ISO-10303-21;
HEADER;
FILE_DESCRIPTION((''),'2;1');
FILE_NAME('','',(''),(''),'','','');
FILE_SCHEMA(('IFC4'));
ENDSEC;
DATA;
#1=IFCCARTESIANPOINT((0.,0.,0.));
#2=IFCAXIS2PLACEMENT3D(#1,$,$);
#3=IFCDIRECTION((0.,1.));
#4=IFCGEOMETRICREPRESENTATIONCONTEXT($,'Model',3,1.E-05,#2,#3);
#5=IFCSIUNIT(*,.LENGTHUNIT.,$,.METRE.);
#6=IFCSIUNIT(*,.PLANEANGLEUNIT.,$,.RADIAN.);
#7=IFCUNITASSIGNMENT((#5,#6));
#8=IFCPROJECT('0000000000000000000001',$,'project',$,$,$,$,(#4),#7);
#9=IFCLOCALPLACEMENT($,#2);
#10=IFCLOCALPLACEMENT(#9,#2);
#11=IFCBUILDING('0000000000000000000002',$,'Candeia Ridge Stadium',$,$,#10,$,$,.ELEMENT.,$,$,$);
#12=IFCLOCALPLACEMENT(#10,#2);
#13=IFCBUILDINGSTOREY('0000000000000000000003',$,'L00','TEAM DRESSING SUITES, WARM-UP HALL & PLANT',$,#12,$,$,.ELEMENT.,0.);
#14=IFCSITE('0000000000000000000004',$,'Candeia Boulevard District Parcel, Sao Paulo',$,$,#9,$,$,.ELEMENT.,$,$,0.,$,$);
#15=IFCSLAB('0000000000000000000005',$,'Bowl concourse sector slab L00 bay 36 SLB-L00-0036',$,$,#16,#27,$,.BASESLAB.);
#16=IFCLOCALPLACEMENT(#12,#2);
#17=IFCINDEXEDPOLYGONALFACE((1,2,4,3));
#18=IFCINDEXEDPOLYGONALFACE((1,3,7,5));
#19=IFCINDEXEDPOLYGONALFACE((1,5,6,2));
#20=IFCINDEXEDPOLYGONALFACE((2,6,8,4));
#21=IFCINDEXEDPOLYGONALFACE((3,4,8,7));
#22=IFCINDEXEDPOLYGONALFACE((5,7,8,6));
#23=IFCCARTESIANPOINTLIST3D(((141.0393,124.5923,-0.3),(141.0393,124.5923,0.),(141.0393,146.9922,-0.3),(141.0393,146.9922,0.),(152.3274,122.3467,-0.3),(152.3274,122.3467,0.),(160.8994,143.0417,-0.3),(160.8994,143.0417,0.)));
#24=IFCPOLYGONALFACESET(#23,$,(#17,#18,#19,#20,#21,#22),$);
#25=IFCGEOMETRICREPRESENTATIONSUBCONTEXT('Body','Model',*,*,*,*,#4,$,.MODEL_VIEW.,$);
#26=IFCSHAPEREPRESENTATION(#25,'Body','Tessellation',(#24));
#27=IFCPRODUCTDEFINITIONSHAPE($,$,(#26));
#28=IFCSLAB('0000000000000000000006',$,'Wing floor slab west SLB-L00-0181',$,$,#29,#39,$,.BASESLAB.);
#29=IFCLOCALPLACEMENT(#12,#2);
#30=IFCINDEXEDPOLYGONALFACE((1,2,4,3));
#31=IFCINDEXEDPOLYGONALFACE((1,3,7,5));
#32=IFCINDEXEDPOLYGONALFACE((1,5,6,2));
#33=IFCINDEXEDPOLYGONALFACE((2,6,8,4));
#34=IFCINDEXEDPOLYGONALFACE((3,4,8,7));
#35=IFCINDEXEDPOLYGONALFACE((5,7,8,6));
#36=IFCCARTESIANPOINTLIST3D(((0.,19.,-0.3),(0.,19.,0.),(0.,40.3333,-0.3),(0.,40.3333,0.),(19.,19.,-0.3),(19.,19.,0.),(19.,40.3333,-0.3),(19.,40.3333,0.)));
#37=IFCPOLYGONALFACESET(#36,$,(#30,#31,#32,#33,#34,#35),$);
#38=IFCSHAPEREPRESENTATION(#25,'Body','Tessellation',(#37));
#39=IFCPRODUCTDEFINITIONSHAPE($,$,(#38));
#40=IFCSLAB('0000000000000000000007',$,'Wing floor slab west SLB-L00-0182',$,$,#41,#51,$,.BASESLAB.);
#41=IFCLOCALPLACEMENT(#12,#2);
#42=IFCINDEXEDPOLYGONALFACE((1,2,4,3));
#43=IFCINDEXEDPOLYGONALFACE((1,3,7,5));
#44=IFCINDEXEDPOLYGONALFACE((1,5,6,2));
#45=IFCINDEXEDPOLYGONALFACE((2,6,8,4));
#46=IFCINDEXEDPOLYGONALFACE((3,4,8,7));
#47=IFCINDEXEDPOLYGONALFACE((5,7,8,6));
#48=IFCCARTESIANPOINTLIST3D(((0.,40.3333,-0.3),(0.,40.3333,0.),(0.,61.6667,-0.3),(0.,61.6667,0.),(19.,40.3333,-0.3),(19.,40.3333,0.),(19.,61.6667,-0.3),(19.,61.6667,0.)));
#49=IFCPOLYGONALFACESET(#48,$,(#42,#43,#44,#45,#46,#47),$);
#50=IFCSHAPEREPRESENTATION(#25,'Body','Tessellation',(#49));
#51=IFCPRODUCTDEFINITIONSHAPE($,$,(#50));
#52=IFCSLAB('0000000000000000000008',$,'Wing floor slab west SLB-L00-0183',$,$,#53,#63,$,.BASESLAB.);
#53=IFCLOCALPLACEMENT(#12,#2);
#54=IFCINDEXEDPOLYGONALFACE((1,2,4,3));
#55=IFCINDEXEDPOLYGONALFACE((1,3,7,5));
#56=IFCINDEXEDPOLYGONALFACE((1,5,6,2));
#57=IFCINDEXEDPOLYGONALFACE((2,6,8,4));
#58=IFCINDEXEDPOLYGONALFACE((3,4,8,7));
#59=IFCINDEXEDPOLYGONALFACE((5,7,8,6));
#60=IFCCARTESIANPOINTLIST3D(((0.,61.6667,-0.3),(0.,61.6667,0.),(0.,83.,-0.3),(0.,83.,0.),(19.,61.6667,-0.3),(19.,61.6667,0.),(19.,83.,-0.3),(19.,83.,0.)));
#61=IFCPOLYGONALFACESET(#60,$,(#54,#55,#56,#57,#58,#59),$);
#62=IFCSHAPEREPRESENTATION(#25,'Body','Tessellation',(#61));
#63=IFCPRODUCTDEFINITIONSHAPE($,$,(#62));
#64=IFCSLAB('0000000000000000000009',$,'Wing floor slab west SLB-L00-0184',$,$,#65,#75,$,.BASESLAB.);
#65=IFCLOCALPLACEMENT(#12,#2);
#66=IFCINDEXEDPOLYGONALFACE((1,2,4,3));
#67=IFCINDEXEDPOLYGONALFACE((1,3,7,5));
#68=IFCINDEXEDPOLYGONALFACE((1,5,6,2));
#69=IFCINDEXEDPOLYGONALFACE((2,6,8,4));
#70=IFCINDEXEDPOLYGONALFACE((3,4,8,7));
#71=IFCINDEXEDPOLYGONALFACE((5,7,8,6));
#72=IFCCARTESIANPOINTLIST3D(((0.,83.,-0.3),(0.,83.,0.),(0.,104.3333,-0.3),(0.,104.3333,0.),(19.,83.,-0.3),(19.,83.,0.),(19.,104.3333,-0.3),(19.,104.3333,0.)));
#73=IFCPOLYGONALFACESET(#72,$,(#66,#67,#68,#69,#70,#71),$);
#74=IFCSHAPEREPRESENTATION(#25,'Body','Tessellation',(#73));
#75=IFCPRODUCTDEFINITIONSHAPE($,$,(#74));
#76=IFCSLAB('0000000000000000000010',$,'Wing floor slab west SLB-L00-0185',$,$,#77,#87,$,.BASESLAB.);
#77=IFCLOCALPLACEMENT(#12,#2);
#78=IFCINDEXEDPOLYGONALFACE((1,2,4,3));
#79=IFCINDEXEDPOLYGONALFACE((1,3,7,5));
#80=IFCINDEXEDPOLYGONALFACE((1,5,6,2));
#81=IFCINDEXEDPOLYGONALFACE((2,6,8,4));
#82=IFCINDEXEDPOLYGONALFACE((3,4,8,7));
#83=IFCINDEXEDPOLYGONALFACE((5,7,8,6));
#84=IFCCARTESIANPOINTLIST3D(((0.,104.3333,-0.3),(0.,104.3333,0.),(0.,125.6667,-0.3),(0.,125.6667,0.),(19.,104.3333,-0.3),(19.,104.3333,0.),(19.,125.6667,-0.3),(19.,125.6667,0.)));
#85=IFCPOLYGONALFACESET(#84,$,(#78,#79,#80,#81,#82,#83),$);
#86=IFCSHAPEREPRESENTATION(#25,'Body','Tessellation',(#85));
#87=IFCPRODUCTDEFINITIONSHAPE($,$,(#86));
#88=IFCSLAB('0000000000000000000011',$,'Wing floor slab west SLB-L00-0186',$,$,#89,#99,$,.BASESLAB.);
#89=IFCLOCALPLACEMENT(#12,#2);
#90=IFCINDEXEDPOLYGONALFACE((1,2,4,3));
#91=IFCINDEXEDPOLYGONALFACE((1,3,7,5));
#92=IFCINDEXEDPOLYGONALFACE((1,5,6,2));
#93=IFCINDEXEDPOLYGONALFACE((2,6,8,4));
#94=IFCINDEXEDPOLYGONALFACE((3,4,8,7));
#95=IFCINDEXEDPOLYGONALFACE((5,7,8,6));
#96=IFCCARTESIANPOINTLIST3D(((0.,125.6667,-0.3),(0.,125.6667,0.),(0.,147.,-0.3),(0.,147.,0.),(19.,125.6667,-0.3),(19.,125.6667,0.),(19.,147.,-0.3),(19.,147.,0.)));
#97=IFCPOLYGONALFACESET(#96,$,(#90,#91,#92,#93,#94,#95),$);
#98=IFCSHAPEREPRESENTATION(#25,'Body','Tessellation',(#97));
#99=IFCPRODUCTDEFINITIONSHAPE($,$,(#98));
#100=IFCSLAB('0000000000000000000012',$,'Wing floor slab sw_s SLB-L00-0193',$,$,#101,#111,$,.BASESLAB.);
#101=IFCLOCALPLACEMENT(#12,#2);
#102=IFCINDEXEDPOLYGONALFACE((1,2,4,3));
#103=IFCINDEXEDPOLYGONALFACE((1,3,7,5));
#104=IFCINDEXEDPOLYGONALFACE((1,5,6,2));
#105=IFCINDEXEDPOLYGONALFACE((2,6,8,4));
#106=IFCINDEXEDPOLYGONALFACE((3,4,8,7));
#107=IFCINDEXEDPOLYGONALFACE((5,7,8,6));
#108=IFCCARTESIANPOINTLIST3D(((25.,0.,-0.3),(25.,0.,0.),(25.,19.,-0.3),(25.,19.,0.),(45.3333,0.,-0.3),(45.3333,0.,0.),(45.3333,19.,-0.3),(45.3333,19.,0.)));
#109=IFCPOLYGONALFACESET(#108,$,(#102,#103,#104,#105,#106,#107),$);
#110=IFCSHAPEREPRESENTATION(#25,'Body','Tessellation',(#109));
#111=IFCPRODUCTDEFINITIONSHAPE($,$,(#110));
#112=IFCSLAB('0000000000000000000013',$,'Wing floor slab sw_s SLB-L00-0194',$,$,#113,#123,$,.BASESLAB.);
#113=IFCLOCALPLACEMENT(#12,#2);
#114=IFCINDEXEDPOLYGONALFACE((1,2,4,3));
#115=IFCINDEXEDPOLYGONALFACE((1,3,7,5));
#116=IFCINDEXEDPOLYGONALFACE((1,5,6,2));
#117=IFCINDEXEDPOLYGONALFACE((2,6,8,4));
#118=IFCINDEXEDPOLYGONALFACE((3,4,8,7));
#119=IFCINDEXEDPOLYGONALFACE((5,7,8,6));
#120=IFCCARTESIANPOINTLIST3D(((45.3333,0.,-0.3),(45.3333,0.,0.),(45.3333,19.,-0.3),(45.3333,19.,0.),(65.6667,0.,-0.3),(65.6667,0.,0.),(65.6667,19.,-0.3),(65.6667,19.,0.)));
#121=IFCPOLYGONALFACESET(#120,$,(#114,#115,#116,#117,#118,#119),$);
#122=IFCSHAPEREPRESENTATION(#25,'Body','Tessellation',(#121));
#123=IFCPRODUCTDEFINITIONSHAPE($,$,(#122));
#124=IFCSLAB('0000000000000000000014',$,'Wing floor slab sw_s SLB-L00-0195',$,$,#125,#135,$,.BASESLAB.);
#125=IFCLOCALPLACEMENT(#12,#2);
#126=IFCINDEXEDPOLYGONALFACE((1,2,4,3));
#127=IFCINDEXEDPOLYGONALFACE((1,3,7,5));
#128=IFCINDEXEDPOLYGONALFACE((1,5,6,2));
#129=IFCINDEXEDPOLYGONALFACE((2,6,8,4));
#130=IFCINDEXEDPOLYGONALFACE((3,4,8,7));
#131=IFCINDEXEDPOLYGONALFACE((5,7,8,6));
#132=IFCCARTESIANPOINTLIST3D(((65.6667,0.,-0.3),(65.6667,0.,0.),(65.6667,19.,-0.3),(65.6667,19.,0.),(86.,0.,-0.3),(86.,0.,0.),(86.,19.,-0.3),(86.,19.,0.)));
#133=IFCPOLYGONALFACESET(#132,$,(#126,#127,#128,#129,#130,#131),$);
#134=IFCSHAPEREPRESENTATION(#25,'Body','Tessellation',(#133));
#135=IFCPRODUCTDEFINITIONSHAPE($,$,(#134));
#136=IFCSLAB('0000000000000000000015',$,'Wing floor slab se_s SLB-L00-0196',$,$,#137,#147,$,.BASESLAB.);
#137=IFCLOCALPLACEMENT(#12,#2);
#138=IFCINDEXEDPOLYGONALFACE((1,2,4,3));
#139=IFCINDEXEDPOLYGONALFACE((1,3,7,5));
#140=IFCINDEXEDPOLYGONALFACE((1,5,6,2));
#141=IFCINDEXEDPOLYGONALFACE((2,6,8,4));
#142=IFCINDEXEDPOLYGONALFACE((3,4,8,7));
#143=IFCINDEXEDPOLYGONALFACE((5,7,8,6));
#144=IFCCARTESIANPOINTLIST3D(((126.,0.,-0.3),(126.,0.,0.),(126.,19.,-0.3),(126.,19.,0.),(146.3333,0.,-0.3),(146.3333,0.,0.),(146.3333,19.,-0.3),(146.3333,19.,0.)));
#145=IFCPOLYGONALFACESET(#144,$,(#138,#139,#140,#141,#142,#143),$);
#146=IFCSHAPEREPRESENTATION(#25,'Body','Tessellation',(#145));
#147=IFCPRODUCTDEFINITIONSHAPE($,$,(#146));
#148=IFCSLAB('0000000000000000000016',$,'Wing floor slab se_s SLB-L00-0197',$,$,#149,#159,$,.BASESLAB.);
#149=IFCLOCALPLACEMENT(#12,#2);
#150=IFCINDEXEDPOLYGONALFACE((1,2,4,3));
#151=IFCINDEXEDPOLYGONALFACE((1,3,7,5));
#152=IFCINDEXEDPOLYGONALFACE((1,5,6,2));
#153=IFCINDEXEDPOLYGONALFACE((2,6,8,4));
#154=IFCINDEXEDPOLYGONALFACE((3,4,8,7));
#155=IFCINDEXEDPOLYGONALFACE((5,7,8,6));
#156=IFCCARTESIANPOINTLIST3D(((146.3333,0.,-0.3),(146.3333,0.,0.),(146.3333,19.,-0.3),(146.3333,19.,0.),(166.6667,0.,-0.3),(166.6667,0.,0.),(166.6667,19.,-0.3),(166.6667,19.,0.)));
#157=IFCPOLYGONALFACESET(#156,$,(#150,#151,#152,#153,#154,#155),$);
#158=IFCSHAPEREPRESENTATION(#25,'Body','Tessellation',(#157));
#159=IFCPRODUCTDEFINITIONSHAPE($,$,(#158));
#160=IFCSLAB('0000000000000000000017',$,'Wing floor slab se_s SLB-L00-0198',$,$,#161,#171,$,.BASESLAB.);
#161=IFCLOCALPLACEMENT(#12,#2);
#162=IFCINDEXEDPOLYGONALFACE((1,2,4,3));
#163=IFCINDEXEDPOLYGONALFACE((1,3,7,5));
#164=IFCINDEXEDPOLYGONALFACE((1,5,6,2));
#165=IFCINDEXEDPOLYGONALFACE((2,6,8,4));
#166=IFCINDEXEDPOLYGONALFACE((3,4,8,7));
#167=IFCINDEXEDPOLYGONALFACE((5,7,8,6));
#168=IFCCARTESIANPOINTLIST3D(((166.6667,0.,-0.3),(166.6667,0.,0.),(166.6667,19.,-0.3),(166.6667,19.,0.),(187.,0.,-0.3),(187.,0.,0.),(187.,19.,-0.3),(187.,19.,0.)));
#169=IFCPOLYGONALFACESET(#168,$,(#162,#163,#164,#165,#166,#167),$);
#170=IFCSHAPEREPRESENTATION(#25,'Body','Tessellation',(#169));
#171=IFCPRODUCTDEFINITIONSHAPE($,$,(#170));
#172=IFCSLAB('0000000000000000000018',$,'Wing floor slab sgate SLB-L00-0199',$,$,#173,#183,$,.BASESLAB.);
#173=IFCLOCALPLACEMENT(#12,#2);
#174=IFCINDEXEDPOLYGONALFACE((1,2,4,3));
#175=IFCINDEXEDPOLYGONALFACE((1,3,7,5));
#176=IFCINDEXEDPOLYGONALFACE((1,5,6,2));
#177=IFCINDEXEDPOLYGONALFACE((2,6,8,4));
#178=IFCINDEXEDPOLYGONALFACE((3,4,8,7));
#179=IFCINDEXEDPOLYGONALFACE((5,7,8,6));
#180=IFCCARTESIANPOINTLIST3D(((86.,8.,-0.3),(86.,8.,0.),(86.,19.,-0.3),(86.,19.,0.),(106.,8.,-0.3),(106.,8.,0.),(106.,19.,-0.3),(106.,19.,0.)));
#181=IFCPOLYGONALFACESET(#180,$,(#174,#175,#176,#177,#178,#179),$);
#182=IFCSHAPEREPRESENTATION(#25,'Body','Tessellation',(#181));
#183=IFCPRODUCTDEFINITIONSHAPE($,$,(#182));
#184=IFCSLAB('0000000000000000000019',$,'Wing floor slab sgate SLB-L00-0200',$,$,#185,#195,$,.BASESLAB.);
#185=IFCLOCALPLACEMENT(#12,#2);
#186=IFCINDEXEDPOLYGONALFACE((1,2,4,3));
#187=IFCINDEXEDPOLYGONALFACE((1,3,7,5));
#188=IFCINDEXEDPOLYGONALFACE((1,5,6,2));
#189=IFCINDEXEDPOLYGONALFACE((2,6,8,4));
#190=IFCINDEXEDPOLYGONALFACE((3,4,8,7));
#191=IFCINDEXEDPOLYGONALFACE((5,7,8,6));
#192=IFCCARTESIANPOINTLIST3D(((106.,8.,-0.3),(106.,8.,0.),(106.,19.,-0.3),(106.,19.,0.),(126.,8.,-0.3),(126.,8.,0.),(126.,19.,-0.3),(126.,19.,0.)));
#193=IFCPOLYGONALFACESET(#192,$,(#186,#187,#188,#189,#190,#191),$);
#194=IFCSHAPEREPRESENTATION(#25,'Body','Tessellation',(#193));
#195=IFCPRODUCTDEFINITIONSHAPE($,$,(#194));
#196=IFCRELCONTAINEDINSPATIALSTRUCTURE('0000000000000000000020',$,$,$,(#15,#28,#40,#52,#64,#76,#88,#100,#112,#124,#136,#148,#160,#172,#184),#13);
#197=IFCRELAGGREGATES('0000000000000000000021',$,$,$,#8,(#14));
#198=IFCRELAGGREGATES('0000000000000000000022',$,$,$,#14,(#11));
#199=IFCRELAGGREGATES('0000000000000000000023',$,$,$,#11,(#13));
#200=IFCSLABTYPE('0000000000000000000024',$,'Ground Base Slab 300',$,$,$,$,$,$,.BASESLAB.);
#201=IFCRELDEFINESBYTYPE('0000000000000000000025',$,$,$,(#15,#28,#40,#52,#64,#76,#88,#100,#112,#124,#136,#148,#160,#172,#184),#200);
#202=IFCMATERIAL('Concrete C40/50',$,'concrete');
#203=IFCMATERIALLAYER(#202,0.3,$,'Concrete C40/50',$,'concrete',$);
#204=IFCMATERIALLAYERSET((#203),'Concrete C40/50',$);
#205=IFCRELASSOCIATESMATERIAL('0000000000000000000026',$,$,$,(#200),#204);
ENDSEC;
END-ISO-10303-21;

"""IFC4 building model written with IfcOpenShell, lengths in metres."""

from ifc_helpers import new_model, si_unit, direction, frame, origin, place, context, subcontext, project, spatial, polyline, outline, extrude, material, layer, layer_set, type_object, element, save


model = new_model("IFC4")

# Units and contexts
model_context = context("Model", 3, precision=1e-05, world=origin(), true_north=direction((0.0, 1.0)))
body_context = subcontext(model_context, "Body", "Model", "MODEL_VIEW")
ifc_project = project(units=[si_unit("LENGTHUNIT", "METRE"), si_unit("PLANEANGLEUNIT", "RADIAN")], contexts=[model_context])

# Site, building, storey
site_placement = place(None, origin())
site = spatial("IfcSite", under=ifc_project, at=site_placement, Name="Candeia Boulevard District Parcel, Sao Paulo", CompositionType="ELEMENT", RefElevation=0.0)
building_placement = place(site_placement, origin())
building = spatial("IfcBuilding", under=site, at=building_placement, Name="Candeia Ridge Stadium", CompositionType="ELEMENT")
storey_placement = place(building_placement, origin())
storey = spatial("IfcBuildingStorey", under=building, at=storey_placement, Name="L00", Description="TEAM DRESSING SUITES, WARM-UP HALL & PLANT", CompositionType="ELEMENT", Elevation=0.0)

# Slabs
ifc_material = material(Name="Concrete C40/50", Category="concrete")
ifc_layer_1 = layer(ifc_material, 0.3, Name="Concrete C40/50", Category="concrete")
ifc_layer_set_1 = layer_set([ifc_layer_1], Name="Concrete C40/50")
slab_type_1 = type_object("IfcSlabType", Name="Ground Base Slab 300", PredefinedType="BASESLAB", material=ifc_layer_set_1)
slab_1_placement = place(storey_placement, frame((0.0, 0.0, -0.3)))
element("IfcSlab", 1, at=slab_1_placement, inside=storey, type_object=slab_type_1, Name="Bowl concourse sector slab L00 bay 36 SLB-L00-0036", PredefinedType="BASESLAB", context=body_context, shape_type="SweptSolid", body=[
    extrude(outline(polyline([(152.3274, 122.3467), (141.0393, 124.5923), (141.0393, 146.9922), (160.8994, 143.0417), (152.3274, 122.3467)])), origin(), (0.0, 0.0, 1.0), 0.3),
])
slab_2_placement = place(storey_placement, frame((0.0, 0.0, -0.3)))
element("IfcSlab", 2, at=slab_2_placement, inside=storey, type_object=slab_type_1, Name="Wing floor slab west SLB-L00-0181", PredefinedType="BASESLAB", context=body_context, shape_type="SweptSolid", body=[
    extrude(outline(polyline([(19.0, 19.0), (19.0, 40.3333), (0.0, 40.3333), (0.0, 19.0), (19.0, 19.0)])), origin(), (0.0, 0.0, 1.0), 0.3),
])
slab_3_placement = place(storey_placement, frame((0.0, 0.0, -0.3)))
element("IfcSlab", 3, at=slab_3_placement, inside=storey, type_object=slab_type_1, Name="Wing floor slab west SLB-L00-0182", PredefinedType="BASESLAB", context=body_context, shape_type="SweptSolid", body=[
    extrude(outline(polyline([(19.0, 40.3333), (19.0, 61.6667), (0.0, 61.6667), (0.0, 40.3333), (19.0, 40.3333)])), origin(), (0.0, 0.0, 1.0), 0.3),
])
slab_4_placement = place(storey_placement, frame((0.0, 0.0, -0.3)))
element("IfcSlab", 4, at=slab_4_placement, inside=storey, type_object=slab_type_1, Name="Wing floor slab west SLB-L00-0183", PredefinedType="BASESLAB", context=body_context, shape_type="SweptSolid", body=[
    extrude(outline(polyline([(19.0, 61.6667), (19.0, 83.0), (0.0, 83.0), (0.0, 61.6667), (19.0, 61.6667)])), origin(), (0.0, 0.0, 1.0), 0.3),
])
slab_5_placement = place(storey_placement, frame((0.0, 0.0, -0.3)))
element("IfcSlab", 5, at=slab_5_placement, inside=storey, type_object=slab_type_1, Name="Wing floor slab west SLB-L00-0184", PredefinedType="BASESLAB", context=body_context, shape_type="SweptSolid", body=[
    extrude(outline(polyline([(19.0, 83.0), (19.0, 104.3333), (0.0, 104.3333), (0.0, 83.0), (19.0, 83.0)])), origin(), (0.0, 0.0, 1.0), 0.3),
])
slab_6_placement = place(storey_placement, frame((0.0, 0.0, -0.3)))
element("IfcSlab", 6, at=slab_6_placement, inside=storey, type_object=slab_type_1, Name="Wing floor slab west SLB-L00-0185", PredefinedType="BASESLAB", context=body_context, shape_type="SweptSolid", body=[
    extrude(outline(polyline([(19.0, 104.3333), (19.0, 125.6667), (0.0, 125.6667), (0.0, 104.3333), (19.0, 104.3333)])), origin(), (0.0, 0.0, 1.0), 0.3),
])
slab_7_placement = place(storey_placement, frame((0.0, 0.0, -0.3)))
element("IfcSlab", 7, at=slab_7_placement, inside=storey, type_object=slab_type_1, Name="Wing floor slab west SLB-L00-0186", PredefinedType="BASESLAB", context=body_context, shape_type="SweptSolid", body=[
    extrude(outline(polyline([(19.0, 125.6667), (19.0, 147.0), (0.0, 147.0), (0.0, 125.6667), (19.0, 125.6667)])), origin(), (0.0, 0.0, 1.0), 0.3),
])
slab_8_placement = place(storey_placement, frame((0.0, 0.0, -0.3)))
element("IfcSlab", 8, at=slab_8_placement, inside=storey, type_object=slab_type_1, Name="Wing floor slab sw_s SLB-L00-0193", PredefinedType="BASESLAB", context=body_context, shape_type="SweptSolid", body=[
    extrude(outline(polyline([(45.3333, 0.0), (45.3333, 19.0), (25.0, 19.0), (25.0, 0.0), (45.3333, 0.0)])), origin(), (0.0, 0.0, 1.0), 0.3),
])
slab_9_placement = place(storey_placement, frame((0.0, 0.0, -0.3)))
element("IfcSlab", 9, at=slab_9_placement, inside=storey, type_object=slab_type_1, Name="Wing floor slab sw_s SLB-L00-0194", PredefinedType="BASESLAB", context=body_context, shape_type="SweptSolid", body=[
    extrude(outline(polyline([(65.6667, 0.0), (65.6667, 19.0), (45.3333, 19.0), (45.3333, 0.0), (65.6667, 0.0)])), origin(), (0.0, 0.0, 1.0), 0.3),
])
slab_10_placement = place(storey_placement, frame((0.0, 0.0, -0.3)))
element("IfcSlab", 10, at=slab_10_placement, inside=storey, type_object=slab_type_1, Name="Wing floor slab sw_s SLB-L00-0195", PredefinedType="BASESLAB", context=body_context, shape_type="SweptSolid", body=[
    extrude(outline(polyline([(86.0, 0.0), (86.0, 19.0), (65.6667, 19.0), (65.6667, 0.0), (86.0, 0.0)])), origin(), (0.0, 0.0, 1.0), 0.3),
])
slab_11_placement = place(storey_placement, frame((0.0, 0.0, -0.3)))
element("IfcSlab", 11, at=slab_11_placement, inside=storey, type_object=slab_type_1, Name="Wing floor slab se_s SLB-L00-0196", PredefinedType="BASESLAB", context=body_context, shape_type="SweptSolid", body=[
    extrude(outline(polyline([(146.3333, 0.0), (146.3333, 19.0), (126.0, 19.0), (126.0, 0.0), (146.3333, 0.0)])), origin(), (0.0, 0.0, 1.0), 0.3),
])
slab_12_placement = place(storey_placement, frame((0.0, 0.0, -0.3)))
element("IfcSlab", 12, at=slab_12_placement, inside=storey, type_object=slab_type_1, Name="Wing floor slab se_s SLB-L00-0197", PredefinedType="BASESLAB", context=body_context, shape_type="SweptSolid", body=[
    extrude(outline(polyline([(166.6667, 0.0), (166.6667, 19.0), (146.3333, 19.0), (146.3333, 0.0), (166.6667, 0.0)])), origin(), (0.0, 0.0, 1.0), 0.3),
])
slab_13_placement = place(storey_placement, frame((0.0, 0.0, -0.3)))
element("IfcSlab", 13, at=slab_13_placement, inside=storey, type_object=slab_type_1, Name="Wing floor slab se_s SLB-L00-0198", PredefinedType="BASESLAB", context=body_context, shape_type="SweptSolid", body=[
    extrude(outline(polyline([(187.0, 0.0), (187.0, 19.0), (166.6667, 19.0), (166.6667, 0.0), (187.0, 0.0)])), origin(), (0.0, 0.0, 1.0), 0.3),
])
slab_14_placement = place(storey_placement, frame((0.0, 0.0, -0.3)))
element("IfcSlab", 14, at=slab_14_placement, inside=storey, type_object=slab_type_1, Name="Wing floor slab sgate SLB-L00-0199", PredefinedType="BASESLAB", context=body_context, shape_type="SweptSolid", body=[
    extrude(outline(polyline([(106.0, 8.0), (106.0, 19.0), (86.0, 19.0), (86.0, 8.0), (106.0, 8.0)])), origin(), (0.0, 0.0, 1.0), 0.3),
])
slab_15_placement = place(storey_placement, frame((0.0, 0.0, -0.3)))
element("IfcSlab", 15, at=slab_15_placement, inside=storey, type_object=slab_type_1, Name="Wing floor slab sgate SLB-L00-0200", PredefinedType="BASESLAB", context=body_context, shape_type="SweptSolid", body=[
    extrude(outline(polyline([(126.0, 8.0), (126.0, 19.0), (106.0, 19.0), (106.0, 8.0), (126.0, 8.0)])), origin(), (0.0, 0.0, 1.0), 0.3),
])

save(model, "model.ifc")
